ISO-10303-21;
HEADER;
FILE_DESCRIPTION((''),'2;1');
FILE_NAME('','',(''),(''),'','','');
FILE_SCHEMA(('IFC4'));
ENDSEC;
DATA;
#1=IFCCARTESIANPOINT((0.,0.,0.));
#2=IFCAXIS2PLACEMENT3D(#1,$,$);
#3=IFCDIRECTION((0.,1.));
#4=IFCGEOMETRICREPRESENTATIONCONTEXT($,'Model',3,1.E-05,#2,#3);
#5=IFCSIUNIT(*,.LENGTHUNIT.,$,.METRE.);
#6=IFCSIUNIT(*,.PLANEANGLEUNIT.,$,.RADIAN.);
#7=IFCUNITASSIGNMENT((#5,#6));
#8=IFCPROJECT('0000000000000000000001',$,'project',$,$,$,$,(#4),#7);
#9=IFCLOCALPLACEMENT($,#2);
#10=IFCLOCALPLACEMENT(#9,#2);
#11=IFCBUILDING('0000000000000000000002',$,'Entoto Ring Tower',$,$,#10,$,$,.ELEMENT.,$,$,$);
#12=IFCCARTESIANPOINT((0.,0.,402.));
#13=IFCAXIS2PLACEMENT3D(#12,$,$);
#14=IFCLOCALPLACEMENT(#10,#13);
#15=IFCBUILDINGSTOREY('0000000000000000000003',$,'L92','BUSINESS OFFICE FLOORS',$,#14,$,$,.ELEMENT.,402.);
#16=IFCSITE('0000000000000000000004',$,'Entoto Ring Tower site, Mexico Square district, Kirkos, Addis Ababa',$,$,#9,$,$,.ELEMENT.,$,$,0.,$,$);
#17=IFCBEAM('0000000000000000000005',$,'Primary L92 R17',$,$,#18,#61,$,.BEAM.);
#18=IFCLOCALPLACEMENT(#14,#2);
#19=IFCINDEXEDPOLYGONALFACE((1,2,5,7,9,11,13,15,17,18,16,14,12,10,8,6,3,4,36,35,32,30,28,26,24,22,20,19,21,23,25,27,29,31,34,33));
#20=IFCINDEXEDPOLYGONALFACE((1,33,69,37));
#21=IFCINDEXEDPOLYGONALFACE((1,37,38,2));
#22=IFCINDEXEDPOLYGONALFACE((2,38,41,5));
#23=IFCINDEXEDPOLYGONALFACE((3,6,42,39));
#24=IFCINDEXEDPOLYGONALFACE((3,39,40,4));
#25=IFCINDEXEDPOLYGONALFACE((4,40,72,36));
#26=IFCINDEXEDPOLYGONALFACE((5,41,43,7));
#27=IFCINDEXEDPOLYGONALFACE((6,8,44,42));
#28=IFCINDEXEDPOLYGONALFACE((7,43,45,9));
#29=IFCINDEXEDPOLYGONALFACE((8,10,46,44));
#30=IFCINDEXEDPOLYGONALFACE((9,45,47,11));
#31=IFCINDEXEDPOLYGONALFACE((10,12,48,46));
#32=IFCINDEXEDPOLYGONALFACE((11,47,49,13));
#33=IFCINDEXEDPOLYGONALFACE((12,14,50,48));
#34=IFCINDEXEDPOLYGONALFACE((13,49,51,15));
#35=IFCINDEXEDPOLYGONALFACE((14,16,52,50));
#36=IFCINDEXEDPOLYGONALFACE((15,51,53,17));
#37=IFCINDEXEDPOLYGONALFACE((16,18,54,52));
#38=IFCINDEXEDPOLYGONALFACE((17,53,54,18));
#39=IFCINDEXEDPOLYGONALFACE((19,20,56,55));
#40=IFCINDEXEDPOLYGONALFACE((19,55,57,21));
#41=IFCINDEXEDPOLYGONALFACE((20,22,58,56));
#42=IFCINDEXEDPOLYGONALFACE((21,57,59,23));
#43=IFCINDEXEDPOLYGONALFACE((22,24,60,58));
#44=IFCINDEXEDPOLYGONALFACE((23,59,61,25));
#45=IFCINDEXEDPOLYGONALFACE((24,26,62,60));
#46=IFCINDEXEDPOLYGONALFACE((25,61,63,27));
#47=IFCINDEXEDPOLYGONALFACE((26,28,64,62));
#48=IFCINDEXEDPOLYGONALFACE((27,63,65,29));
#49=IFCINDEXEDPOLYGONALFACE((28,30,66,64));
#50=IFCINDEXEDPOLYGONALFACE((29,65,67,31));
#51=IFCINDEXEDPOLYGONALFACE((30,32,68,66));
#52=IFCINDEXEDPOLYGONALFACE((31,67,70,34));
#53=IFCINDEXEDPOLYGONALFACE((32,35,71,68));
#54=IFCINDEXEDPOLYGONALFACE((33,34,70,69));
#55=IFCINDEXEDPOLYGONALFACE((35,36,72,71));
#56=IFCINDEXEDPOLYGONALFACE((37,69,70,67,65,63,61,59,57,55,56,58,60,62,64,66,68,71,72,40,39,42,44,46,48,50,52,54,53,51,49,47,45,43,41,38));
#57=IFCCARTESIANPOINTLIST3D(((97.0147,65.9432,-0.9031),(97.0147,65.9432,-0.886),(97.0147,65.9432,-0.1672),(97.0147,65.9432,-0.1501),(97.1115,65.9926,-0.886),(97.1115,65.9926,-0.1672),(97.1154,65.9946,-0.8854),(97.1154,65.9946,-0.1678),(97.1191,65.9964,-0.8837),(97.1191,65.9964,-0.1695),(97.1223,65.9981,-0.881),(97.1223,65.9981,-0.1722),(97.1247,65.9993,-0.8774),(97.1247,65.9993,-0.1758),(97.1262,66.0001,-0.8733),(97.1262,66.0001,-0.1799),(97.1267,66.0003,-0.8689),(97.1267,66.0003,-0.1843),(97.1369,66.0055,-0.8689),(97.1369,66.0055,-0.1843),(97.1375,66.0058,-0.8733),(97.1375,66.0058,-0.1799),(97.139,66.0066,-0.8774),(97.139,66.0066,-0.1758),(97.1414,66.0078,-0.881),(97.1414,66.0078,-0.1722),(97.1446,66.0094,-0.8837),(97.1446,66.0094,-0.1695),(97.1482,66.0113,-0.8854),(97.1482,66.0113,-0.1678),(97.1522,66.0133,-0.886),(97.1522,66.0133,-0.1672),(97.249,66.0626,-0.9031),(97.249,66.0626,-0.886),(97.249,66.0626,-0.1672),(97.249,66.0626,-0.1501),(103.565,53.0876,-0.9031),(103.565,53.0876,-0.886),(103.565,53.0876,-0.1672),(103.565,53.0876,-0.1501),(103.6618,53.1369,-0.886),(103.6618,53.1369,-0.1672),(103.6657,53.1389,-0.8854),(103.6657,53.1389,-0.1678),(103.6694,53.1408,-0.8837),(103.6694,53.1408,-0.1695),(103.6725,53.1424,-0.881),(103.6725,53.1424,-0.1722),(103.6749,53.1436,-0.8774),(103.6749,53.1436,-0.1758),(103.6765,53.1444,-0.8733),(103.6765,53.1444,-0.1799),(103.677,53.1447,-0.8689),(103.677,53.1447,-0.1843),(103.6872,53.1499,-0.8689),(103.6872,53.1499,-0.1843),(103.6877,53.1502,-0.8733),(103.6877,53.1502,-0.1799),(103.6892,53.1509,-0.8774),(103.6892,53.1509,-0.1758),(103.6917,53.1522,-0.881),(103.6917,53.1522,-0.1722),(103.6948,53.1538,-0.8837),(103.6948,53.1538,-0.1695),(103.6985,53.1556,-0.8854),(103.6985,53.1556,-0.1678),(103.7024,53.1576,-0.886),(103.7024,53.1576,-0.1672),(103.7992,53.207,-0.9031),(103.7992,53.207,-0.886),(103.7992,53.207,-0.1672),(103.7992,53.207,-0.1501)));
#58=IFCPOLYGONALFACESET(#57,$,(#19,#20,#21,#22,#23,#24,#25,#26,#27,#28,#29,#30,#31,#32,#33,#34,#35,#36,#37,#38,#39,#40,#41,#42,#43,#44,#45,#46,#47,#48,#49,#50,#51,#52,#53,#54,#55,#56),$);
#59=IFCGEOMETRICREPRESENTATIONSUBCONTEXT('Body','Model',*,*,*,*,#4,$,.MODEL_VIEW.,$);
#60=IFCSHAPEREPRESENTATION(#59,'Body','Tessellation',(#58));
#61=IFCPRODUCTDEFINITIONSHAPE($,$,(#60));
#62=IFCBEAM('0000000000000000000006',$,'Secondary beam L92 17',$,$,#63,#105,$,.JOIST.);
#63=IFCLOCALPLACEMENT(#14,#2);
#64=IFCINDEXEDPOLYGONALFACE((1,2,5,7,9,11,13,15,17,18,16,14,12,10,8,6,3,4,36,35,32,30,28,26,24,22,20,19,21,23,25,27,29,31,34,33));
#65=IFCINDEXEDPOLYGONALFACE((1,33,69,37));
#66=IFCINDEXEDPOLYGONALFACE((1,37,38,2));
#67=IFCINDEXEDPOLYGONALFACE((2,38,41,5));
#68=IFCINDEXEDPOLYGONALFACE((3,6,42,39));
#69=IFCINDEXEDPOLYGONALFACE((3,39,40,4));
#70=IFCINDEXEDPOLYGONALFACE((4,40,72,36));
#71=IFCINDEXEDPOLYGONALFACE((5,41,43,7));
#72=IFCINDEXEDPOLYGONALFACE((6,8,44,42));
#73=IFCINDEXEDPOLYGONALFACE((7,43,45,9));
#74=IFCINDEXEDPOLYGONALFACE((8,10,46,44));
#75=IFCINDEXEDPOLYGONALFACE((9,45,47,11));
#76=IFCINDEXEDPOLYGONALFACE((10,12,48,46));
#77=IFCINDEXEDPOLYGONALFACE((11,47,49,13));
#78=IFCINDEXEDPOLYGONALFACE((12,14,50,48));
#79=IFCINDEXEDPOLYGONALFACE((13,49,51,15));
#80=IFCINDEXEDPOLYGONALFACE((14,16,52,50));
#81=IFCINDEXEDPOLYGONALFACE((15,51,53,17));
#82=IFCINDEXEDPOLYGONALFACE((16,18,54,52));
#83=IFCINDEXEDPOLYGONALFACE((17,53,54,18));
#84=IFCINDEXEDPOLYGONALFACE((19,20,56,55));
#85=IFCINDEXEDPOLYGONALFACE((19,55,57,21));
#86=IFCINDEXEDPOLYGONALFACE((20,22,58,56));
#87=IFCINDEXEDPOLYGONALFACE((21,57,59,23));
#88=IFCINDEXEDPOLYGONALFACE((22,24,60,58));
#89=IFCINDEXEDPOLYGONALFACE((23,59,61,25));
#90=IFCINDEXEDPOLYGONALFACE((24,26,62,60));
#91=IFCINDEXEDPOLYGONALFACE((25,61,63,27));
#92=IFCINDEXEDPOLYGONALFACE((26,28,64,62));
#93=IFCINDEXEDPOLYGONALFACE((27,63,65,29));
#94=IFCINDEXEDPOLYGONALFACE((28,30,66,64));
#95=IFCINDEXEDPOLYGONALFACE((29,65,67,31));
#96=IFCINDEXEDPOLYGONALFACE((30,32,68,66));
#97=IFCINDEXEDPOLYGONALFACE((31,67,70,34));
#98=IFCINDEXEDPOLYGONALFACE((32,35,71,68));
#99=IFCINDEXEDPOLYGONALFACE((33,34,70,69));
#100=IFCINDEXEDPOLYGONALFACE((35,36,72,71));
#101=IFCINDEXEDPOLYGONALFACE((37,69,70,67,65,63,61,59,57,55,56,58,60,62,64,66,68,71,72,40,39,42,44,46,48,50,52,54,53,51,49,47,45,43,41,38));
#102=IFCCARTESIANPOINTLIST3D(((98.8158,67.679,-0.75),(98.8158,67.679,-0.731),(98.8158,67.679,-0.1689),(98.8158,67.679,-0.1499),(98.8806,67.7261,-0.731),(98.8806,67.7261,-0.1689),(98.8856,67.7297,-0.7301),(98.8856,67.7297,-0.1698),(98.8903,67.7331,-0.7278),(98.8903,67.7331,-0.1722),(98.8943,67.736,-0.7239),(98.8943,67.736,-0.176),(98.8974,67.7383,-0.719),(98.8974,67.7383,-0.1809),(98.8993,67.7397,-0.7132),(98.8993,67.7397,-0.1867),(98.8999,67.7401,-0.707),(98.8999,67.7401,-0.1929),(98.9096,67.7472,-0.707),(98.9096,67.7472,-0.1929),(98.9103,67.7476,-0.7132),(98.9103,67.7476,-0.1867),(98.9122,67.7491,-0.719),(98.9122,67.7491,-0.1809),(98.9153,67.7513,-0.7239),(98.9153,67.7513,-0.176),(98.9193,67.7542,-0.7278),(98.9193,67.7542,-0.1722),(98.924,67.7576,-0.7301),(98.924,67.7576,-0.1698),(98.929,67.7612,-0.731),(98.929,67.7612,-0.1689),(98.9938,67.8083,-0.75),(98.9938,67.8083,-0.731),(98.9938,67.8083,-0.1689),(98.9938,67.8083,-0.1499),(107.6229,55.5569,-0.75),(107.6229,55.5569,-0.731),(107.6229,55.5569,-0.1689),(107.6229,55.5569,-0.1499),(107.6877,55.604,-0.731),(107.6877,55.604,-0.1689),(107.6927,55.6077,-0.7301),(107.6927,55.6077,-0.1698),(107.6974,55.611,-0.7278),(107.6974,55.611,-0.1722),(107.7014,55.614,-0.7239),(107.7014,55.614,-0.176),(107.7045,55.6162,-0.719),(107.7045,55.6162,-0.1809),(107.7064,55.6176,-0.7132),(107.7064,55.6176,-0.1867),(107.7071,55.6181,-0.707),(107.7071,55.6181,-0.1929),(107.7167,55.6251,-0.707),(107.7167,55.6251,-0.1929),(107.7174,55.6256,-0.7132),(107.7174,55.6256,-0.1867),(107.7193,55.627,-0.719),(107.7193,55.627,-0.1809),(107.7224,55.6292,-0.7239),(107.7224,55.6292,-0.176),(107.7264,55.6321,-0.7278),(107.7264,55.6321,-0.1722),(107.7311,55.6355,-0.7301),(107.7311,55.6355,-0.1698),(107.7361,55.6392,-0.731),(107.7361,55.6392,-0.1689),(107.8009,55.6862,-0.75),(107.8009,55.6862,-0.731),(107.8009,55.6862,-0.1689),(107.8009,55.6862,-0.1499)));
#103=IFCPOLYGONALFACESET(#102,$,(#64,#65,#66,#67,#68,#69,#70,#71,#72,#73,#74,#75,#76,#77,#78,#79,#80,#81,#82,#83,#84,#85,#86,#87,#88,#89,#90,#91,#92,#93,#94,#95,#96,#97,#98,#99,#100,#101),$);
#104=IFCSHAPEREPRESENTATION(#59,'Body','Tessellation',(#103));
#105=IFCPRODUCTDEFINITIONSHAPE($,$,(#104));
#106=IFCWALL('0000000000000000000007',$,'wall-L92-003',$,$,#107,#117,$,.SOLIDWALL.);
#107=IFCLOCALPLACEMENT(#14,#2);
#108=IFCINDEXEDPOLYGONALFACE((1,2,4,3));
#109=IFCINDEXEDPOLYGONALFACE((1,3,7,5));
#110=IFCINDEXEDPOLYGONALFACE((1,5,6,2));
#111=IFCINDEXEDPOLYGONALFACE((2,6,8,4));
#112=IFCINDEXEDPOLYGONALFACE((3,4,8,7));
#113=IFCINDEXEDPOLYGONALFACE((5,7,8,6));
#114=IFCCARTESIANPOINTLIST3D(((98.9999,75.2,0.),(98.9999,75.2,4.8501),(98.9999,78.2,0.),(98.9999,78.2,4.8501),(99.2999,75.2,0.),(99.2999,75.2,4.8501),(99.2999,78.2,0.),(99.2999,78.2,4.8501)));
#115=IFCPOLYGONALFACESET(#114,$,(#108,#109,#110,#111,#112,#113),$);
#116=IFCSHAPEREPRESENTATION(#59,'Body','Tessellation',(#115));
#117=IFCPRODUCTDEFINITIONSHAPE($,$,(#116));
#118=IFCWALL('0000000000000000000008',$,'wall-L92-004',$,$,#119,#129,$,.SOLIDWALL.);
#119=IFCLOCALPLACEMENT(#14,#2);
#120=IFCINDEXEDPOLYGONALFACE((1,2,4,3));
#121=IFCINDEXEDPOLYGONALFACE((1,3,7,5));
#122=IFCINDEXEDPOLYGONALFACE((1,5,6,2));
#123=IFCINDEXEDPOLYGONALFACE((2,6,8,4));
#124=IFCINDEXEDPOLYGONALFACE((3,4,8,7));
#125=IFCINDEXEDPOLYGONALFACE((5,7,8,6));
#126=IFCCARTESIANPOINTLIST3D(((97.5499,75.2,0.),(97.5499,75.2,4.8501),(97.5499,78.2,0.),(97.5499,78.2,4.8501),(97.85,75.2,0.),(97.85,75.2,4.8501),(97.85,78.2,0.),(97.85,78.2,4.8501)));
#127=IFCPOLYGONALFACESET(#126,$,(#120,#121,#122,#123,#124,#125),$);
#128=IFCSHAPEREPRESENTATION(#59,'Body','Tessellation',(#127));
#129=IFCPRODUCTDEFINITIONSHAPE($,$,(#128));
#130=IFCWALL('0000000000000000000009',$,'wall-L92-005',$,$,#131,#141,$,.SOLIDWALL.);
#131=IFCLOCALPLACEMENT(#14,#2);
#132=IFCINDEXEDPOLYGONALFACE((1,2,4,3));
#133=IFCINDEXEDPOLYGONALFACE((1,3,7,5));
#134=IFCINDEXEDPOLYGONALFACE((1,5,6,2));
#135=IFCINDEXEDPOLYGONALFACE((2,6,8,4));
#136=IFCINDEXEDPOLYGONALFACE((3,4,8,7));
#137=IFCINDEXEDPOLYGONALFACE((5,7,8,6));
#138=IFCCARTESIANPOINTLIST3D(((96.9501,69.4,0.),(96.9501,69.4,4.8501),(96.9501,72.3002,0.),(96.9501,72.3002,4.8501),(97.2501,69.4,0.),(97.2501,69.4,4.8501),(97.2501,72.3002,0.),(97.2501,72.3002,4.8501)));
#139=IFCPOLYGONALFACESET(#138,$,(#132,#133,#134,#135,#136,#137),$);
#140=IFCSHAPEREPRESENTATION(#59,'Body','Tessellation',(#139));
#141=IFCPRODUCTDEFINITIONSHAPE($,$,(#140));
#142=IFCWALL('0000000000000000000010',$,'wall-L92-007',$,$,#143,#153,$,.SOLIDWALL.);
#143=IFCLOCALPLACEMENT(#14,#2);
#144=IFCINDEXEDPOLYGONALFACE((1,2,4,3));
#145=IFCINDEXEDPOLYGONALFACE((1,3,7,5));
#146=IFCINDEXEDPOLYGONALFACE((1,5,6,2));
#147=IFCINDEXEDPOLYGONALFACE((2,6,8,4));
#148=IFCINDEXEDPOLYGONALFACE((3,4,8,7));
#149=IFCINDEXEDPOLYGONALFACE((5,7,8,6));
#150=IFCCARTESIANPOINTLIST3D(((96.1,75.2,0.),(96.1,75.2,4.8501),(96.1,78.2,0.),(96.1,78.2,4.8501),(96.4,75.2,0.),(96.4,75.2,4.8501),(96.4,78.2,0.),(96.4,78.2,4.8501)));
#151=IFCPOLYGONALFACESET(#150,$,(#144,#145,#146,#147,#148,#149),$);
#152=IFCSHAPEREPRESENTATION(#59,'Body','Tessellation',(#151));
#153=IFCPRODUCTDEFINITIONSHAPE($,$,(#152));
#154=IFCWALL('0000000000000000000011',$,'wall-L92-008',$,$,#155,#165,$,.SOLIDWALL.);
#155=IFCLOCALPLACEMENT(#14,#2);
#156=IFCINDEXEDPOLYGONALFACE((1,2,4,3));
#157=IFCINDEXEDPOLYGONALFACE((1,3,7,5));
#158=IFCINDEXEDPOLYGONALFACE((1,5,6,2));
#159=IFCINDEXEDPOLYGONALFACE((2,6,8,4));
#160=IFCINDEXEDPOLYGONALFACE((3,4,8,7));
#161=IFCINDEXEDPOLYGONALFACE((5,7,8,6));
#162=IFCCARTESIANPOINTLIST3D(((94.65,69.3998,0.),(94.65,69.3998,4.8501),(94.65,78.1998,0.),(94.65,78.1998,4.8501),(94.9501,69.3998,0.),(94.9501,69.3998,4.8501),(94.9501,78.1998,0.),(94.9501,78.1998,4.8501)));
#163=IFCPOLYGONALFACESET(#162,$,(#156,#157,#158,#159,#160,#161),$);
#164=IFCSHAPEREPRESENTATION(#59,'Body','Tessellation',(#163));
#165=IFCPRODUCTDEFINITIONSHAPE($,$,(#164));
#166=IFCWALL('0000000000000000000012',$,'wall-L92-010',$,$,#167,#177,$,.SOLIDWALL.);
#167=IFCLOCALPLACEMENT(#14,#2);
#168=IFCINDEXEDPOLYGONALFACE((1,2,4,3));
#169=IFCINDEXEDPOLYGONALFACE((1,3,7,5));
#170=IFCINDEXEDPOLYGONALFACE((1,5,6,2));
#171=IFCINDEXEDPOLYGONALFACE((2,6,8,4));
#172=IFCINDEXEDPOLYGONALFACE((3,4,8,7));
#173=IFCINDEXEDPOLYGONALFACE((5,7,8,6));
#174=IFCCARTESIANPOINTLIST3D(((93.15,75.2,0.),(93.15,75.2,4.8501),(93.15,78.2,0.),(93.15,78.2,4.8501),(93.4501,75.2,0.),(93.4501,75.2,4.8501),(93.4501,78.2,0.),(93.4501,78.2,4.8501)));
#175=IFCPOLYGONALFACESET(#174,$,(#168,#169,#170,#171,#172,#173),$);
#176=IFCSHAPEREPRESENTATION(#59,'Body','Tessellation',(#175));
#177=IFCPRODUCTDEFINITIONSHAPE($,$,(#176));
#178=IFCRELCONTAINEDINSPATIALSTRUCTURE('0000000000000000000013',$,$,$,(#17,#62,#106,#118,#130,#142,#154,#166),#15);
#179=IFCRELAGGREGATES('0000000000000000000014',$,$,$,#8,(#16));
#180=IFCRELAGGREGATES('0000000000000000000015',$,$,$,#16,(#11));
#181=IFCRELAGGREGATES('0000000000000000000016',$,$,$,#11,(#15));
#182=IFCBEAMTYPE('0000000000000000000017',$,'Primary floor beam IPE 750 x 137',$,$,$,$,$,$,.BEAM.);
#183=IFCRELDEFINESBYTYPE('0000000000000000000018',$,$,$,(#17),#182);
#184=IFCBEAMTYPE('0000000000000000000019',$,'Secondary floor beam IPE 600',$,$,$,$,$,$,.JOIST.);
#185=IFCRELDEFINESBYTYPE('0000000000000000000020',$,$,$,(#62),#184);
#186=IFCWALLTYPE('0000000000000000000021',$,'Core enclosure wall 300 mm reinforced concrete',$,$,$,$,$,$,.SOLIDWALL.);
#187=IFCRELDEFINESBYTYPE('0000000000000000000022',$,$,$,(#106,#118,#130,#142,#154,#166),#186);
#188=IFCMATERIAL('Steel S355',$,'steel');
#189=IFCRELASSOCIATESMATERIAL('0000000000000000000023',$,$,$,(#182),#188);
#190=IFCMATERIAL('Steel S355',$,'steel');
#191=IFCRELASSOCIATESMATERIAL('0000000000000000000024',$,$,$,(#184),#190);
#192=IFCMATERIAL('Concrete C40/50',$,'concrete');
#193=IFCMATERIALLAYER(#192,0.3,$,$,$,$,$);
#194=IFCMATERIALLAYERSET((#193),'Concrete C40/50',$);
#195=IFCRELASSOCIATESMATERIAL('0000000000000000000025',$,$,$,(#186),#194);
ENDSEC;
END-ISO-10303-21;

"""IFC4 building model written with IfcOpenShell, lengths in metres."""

from ifc_helpers import new_model, si_unit, direction, frame, frame_2d, origin, origin_2d, place, context, subcontext, project, spatial, rectangle, i_section, extrude, material, layer, layer_set, material_profile, profile_set, type_object, element, save


model = new_model("IFC4")

# Units and contexts
model_context = context("Model", 3, precision=1e-05, world=origin(), true_north=direction((0.0, 1.0)))
body_context = subcontext(model_context, "Body", "Model", "MODEL_VIEW")
ifc_project = project(units=[si_unit("LENGTHUNIT", "METRE"), si_unit("PLANEANGLEUNIT", "RADIAN")], contexts=[model_context])

# Site, building, storey
site_placement = place(None, origin())
site = spatial("IfcSite", under=ifc_project, at=site_placement, Name="Entoto Ring Tower site, Mexico Square district, Kirkos, Addis Ababa", CompositionType="ELEMENT", RefElevation=0.0)
building_placement = place(site_placement, origin())
building = spatial("IfcBuilding", under=site, at=building_placement, Name="Entoto Ring Tower", CompositionType="ELEMENT")
storey_placement = place(building_placement, frame((0.0, 0.0, 402.0)))
storey = spatial("IfcBuildingStorey", under=building, at=storey_placement, Name="L92", Description="BUSINESS OFFICE FLOORS", CompositionType="ELEMENT", Elevation=402.0)

# Beams
ifc_material_1 = material(Name="Steel S355", Category="steel")
ifc_material_profile_1 = material_profile(ifc_material_1, i_section(OverallWidth=0.2629, OverallDepth=0.7529, WebThickness=0.0115, FlangeThickness=0.0171, FilletRadius=0.0171, at=origin_2d()), Name="IPE 750 x 137")
ifc_profile_set_1 = profile_set([ifc_material_profile_1], Name="Steel S355")
beam_type_1 = type_object("IfcBeamType", Name="Primary floor beam IPE 750 x 137", PredefinedType="BEAM", material=ifc_profile_set_1)
beam_1_placement = place(storey_placement, frame((97.1318, 66.0029, -0.5266), z_axis=(0.453989, -0.891007, 0.0), x_axis=(0.891007, 0.453989, 0.0)))
element("IfcBeam", 1, at=beam_1_placement, inside=storey, type_object=beam_type_1, Name="Primary L92 R17", PredefinedType="BEAM", context=body_context, shape_type="SweptSolid", body=[
    extrude(i_section(OverallWidth=0.2629, OverallDepth=0.7529, WebThickness=0.0115, FlangeThickness=0.0171, FilletRadius=0.0171, at=origin_2d()), origin(), (0.0, 0.0, 1.0), 14.4282),
])
ifc_material_2 = material(Name="Steel S355", Category="steel")
ifc_material_profile_2 = material_profile(ifc_material_2, i_section(OverallWidth=0.22, OverallDepth=0.6001, WebThickness=0.012, FlangeThickness=0.019, FilletRadius=0.0239, at=origin_2d()), Name="IPE 600")
ifc_profile_set_2 = profile_set([ifc_material_profile_2], Name="Steel S355")
beam_type_2 = type_object("IfcBeamType", Name="Secondary floor beam IPE 600", PredefinedType="JOIST", material=ifc_profile_set_2)
beam_2_placement = place(storey_placement, frame((98.9048, 67.7437, -0.45), z_axis=(0.587782, -0.809019, 0.0), x_axis=(0.809019, 0.587782, 0.0)))
element("IfcBeam", 2, at=beam_2_placement, inside=storey, type_object=beam_type_2, Name="Secondary beam L92 17", PredefinedType="JOIST", context=body_context, shape_type="SweptSolid", body=[
    extrude(i_section(OverallWidth=0.22, OverallDepth=0.6001, WebThickness=0.012, FlangeThickness=0.019, FilletRadius=0.0239, at=origin_2d()), origin(), (0.0, 0.0, 1.0), 14.9836),
])

# Walls
ifc_material_3 = material(Name="Concrete C40/50", Category="concrete")
ifc_layer_1 = layer(ifc_material_3, 0.3)
ifc_layer_set_1 = layer_set([ifc_layer_1], Name="Concrete C40/50")
wall_type = type_object("IfcWallType", Name="Core enclosure wall 300 mm reinforced concrete", PredefinedType="SOLIDWALL", material=ifc_layer_set_1)
for number, where, z_axis, x_axis, name in (
    (3, (99.1499, 75.2, 0.0), (0.0, 0.0, 1.0), (0.0, 1.0, 0.0), "wall-L92-003"),
    (4, (97.7, 75.2, 0.0), (0.0, 0.0, 1.0), (0.0, 1.0, 0.0), "wall-L92-004"),
):
    element("IfcWall", number, at=place(storey_placement, frame(where, z_axis=z_axis, x_axis=x_axis)), inside=storey, type_object=wall_type, Name=name, PredefinedType="SOLIDWALL", context=body_context, shape_type="SweptSolid", body=[
        extrude(rectangle(XDim=3.0, YDim=0.3, at=frame_2d((1.5, 0.0))), origin(), (0.0, 0.0, 1.0), 4.8501),
    ])
wall_1_placement = place(storey_placement, frame((97.1001, 69.3999, 0.0), z_axis=(0.0, 0.0, 1.0), x_axis=(0.0, 1.0, 0.0)))
element("IfcWall", 5, at=wall_1_placement, inside=storey, type_object=wall_type, Name="wall-L92-005", PredefinedType="SOLIDWALL", context=body_context, shape_type="SweptSolid", body=[
    extrude(rectangle(XDim=2.9001, YDim=0.3, at=frame_2d((1.4502, 0.0))), origin(), (0.0, 0.0, 1.0), 4.8501),
])
wall_2_placement = place(storey_placement, frame((96.25, 75.2, 0.0), z_axis=(0.0, 0.0, 1.0), x_axis=(0.0, 1.0, 0.0)))
element("IfcWall", 6, at=wall_2_placement, inside=storey, type_object=wall_type, Name="wall-L92-007", PredefinedType="SOLIDWALL", context=body_context, shape_type="SweptSolid", body=[
    extrude(rectangle(XDim=3.0, YDim=0.3, at=frame_2d((1.5, 0.0))), origin(), (0.0, 0.0, 1.0), 4.8501),
])
wall_3_placement = place(storey_placement, frame((94.8, 69.3999, 0.0), z_axis=(0.0, 0.0, 1.0), x_axis=(0.0, 1.0, 0.0)))
element("IfcWall", 7, at=wall_3_placement, inside=storey, type_object=wall_type, Name="wall-L92-008", PredefinedType="SOLIDWALL", context=body_context, shape_type="SweptSolid", body=[
    extrude(rectangle(XDim=8.8, YDim=0.3, at=frame_2d((4.3999, 0.0))), origin(), (0.0, 0.0, 1.0), 4.8501),
])
wall_4_placement = place(storey_placement, frame((93.3, 75.2, 0.0), z_axis=(0.0, 0.0, 1.0), x_axis=(0.0, 1.0, 0.0)))
element("IfcWall", 8, at=wall_4_placement, inside=storey, type_object=wall_type, Name="wall-L92-010", PredefinedType="SOLIDWALL", context=body_context, shape_type="SweptSolid", body=[
    extrude(rectangle(XDim=3.0, YDim=0.3, at=frame_2d((1.5, 0.0))), origin(), (0.0, 0.0, 1.0), 4.8501),
])

save(model, "model.ifc")
